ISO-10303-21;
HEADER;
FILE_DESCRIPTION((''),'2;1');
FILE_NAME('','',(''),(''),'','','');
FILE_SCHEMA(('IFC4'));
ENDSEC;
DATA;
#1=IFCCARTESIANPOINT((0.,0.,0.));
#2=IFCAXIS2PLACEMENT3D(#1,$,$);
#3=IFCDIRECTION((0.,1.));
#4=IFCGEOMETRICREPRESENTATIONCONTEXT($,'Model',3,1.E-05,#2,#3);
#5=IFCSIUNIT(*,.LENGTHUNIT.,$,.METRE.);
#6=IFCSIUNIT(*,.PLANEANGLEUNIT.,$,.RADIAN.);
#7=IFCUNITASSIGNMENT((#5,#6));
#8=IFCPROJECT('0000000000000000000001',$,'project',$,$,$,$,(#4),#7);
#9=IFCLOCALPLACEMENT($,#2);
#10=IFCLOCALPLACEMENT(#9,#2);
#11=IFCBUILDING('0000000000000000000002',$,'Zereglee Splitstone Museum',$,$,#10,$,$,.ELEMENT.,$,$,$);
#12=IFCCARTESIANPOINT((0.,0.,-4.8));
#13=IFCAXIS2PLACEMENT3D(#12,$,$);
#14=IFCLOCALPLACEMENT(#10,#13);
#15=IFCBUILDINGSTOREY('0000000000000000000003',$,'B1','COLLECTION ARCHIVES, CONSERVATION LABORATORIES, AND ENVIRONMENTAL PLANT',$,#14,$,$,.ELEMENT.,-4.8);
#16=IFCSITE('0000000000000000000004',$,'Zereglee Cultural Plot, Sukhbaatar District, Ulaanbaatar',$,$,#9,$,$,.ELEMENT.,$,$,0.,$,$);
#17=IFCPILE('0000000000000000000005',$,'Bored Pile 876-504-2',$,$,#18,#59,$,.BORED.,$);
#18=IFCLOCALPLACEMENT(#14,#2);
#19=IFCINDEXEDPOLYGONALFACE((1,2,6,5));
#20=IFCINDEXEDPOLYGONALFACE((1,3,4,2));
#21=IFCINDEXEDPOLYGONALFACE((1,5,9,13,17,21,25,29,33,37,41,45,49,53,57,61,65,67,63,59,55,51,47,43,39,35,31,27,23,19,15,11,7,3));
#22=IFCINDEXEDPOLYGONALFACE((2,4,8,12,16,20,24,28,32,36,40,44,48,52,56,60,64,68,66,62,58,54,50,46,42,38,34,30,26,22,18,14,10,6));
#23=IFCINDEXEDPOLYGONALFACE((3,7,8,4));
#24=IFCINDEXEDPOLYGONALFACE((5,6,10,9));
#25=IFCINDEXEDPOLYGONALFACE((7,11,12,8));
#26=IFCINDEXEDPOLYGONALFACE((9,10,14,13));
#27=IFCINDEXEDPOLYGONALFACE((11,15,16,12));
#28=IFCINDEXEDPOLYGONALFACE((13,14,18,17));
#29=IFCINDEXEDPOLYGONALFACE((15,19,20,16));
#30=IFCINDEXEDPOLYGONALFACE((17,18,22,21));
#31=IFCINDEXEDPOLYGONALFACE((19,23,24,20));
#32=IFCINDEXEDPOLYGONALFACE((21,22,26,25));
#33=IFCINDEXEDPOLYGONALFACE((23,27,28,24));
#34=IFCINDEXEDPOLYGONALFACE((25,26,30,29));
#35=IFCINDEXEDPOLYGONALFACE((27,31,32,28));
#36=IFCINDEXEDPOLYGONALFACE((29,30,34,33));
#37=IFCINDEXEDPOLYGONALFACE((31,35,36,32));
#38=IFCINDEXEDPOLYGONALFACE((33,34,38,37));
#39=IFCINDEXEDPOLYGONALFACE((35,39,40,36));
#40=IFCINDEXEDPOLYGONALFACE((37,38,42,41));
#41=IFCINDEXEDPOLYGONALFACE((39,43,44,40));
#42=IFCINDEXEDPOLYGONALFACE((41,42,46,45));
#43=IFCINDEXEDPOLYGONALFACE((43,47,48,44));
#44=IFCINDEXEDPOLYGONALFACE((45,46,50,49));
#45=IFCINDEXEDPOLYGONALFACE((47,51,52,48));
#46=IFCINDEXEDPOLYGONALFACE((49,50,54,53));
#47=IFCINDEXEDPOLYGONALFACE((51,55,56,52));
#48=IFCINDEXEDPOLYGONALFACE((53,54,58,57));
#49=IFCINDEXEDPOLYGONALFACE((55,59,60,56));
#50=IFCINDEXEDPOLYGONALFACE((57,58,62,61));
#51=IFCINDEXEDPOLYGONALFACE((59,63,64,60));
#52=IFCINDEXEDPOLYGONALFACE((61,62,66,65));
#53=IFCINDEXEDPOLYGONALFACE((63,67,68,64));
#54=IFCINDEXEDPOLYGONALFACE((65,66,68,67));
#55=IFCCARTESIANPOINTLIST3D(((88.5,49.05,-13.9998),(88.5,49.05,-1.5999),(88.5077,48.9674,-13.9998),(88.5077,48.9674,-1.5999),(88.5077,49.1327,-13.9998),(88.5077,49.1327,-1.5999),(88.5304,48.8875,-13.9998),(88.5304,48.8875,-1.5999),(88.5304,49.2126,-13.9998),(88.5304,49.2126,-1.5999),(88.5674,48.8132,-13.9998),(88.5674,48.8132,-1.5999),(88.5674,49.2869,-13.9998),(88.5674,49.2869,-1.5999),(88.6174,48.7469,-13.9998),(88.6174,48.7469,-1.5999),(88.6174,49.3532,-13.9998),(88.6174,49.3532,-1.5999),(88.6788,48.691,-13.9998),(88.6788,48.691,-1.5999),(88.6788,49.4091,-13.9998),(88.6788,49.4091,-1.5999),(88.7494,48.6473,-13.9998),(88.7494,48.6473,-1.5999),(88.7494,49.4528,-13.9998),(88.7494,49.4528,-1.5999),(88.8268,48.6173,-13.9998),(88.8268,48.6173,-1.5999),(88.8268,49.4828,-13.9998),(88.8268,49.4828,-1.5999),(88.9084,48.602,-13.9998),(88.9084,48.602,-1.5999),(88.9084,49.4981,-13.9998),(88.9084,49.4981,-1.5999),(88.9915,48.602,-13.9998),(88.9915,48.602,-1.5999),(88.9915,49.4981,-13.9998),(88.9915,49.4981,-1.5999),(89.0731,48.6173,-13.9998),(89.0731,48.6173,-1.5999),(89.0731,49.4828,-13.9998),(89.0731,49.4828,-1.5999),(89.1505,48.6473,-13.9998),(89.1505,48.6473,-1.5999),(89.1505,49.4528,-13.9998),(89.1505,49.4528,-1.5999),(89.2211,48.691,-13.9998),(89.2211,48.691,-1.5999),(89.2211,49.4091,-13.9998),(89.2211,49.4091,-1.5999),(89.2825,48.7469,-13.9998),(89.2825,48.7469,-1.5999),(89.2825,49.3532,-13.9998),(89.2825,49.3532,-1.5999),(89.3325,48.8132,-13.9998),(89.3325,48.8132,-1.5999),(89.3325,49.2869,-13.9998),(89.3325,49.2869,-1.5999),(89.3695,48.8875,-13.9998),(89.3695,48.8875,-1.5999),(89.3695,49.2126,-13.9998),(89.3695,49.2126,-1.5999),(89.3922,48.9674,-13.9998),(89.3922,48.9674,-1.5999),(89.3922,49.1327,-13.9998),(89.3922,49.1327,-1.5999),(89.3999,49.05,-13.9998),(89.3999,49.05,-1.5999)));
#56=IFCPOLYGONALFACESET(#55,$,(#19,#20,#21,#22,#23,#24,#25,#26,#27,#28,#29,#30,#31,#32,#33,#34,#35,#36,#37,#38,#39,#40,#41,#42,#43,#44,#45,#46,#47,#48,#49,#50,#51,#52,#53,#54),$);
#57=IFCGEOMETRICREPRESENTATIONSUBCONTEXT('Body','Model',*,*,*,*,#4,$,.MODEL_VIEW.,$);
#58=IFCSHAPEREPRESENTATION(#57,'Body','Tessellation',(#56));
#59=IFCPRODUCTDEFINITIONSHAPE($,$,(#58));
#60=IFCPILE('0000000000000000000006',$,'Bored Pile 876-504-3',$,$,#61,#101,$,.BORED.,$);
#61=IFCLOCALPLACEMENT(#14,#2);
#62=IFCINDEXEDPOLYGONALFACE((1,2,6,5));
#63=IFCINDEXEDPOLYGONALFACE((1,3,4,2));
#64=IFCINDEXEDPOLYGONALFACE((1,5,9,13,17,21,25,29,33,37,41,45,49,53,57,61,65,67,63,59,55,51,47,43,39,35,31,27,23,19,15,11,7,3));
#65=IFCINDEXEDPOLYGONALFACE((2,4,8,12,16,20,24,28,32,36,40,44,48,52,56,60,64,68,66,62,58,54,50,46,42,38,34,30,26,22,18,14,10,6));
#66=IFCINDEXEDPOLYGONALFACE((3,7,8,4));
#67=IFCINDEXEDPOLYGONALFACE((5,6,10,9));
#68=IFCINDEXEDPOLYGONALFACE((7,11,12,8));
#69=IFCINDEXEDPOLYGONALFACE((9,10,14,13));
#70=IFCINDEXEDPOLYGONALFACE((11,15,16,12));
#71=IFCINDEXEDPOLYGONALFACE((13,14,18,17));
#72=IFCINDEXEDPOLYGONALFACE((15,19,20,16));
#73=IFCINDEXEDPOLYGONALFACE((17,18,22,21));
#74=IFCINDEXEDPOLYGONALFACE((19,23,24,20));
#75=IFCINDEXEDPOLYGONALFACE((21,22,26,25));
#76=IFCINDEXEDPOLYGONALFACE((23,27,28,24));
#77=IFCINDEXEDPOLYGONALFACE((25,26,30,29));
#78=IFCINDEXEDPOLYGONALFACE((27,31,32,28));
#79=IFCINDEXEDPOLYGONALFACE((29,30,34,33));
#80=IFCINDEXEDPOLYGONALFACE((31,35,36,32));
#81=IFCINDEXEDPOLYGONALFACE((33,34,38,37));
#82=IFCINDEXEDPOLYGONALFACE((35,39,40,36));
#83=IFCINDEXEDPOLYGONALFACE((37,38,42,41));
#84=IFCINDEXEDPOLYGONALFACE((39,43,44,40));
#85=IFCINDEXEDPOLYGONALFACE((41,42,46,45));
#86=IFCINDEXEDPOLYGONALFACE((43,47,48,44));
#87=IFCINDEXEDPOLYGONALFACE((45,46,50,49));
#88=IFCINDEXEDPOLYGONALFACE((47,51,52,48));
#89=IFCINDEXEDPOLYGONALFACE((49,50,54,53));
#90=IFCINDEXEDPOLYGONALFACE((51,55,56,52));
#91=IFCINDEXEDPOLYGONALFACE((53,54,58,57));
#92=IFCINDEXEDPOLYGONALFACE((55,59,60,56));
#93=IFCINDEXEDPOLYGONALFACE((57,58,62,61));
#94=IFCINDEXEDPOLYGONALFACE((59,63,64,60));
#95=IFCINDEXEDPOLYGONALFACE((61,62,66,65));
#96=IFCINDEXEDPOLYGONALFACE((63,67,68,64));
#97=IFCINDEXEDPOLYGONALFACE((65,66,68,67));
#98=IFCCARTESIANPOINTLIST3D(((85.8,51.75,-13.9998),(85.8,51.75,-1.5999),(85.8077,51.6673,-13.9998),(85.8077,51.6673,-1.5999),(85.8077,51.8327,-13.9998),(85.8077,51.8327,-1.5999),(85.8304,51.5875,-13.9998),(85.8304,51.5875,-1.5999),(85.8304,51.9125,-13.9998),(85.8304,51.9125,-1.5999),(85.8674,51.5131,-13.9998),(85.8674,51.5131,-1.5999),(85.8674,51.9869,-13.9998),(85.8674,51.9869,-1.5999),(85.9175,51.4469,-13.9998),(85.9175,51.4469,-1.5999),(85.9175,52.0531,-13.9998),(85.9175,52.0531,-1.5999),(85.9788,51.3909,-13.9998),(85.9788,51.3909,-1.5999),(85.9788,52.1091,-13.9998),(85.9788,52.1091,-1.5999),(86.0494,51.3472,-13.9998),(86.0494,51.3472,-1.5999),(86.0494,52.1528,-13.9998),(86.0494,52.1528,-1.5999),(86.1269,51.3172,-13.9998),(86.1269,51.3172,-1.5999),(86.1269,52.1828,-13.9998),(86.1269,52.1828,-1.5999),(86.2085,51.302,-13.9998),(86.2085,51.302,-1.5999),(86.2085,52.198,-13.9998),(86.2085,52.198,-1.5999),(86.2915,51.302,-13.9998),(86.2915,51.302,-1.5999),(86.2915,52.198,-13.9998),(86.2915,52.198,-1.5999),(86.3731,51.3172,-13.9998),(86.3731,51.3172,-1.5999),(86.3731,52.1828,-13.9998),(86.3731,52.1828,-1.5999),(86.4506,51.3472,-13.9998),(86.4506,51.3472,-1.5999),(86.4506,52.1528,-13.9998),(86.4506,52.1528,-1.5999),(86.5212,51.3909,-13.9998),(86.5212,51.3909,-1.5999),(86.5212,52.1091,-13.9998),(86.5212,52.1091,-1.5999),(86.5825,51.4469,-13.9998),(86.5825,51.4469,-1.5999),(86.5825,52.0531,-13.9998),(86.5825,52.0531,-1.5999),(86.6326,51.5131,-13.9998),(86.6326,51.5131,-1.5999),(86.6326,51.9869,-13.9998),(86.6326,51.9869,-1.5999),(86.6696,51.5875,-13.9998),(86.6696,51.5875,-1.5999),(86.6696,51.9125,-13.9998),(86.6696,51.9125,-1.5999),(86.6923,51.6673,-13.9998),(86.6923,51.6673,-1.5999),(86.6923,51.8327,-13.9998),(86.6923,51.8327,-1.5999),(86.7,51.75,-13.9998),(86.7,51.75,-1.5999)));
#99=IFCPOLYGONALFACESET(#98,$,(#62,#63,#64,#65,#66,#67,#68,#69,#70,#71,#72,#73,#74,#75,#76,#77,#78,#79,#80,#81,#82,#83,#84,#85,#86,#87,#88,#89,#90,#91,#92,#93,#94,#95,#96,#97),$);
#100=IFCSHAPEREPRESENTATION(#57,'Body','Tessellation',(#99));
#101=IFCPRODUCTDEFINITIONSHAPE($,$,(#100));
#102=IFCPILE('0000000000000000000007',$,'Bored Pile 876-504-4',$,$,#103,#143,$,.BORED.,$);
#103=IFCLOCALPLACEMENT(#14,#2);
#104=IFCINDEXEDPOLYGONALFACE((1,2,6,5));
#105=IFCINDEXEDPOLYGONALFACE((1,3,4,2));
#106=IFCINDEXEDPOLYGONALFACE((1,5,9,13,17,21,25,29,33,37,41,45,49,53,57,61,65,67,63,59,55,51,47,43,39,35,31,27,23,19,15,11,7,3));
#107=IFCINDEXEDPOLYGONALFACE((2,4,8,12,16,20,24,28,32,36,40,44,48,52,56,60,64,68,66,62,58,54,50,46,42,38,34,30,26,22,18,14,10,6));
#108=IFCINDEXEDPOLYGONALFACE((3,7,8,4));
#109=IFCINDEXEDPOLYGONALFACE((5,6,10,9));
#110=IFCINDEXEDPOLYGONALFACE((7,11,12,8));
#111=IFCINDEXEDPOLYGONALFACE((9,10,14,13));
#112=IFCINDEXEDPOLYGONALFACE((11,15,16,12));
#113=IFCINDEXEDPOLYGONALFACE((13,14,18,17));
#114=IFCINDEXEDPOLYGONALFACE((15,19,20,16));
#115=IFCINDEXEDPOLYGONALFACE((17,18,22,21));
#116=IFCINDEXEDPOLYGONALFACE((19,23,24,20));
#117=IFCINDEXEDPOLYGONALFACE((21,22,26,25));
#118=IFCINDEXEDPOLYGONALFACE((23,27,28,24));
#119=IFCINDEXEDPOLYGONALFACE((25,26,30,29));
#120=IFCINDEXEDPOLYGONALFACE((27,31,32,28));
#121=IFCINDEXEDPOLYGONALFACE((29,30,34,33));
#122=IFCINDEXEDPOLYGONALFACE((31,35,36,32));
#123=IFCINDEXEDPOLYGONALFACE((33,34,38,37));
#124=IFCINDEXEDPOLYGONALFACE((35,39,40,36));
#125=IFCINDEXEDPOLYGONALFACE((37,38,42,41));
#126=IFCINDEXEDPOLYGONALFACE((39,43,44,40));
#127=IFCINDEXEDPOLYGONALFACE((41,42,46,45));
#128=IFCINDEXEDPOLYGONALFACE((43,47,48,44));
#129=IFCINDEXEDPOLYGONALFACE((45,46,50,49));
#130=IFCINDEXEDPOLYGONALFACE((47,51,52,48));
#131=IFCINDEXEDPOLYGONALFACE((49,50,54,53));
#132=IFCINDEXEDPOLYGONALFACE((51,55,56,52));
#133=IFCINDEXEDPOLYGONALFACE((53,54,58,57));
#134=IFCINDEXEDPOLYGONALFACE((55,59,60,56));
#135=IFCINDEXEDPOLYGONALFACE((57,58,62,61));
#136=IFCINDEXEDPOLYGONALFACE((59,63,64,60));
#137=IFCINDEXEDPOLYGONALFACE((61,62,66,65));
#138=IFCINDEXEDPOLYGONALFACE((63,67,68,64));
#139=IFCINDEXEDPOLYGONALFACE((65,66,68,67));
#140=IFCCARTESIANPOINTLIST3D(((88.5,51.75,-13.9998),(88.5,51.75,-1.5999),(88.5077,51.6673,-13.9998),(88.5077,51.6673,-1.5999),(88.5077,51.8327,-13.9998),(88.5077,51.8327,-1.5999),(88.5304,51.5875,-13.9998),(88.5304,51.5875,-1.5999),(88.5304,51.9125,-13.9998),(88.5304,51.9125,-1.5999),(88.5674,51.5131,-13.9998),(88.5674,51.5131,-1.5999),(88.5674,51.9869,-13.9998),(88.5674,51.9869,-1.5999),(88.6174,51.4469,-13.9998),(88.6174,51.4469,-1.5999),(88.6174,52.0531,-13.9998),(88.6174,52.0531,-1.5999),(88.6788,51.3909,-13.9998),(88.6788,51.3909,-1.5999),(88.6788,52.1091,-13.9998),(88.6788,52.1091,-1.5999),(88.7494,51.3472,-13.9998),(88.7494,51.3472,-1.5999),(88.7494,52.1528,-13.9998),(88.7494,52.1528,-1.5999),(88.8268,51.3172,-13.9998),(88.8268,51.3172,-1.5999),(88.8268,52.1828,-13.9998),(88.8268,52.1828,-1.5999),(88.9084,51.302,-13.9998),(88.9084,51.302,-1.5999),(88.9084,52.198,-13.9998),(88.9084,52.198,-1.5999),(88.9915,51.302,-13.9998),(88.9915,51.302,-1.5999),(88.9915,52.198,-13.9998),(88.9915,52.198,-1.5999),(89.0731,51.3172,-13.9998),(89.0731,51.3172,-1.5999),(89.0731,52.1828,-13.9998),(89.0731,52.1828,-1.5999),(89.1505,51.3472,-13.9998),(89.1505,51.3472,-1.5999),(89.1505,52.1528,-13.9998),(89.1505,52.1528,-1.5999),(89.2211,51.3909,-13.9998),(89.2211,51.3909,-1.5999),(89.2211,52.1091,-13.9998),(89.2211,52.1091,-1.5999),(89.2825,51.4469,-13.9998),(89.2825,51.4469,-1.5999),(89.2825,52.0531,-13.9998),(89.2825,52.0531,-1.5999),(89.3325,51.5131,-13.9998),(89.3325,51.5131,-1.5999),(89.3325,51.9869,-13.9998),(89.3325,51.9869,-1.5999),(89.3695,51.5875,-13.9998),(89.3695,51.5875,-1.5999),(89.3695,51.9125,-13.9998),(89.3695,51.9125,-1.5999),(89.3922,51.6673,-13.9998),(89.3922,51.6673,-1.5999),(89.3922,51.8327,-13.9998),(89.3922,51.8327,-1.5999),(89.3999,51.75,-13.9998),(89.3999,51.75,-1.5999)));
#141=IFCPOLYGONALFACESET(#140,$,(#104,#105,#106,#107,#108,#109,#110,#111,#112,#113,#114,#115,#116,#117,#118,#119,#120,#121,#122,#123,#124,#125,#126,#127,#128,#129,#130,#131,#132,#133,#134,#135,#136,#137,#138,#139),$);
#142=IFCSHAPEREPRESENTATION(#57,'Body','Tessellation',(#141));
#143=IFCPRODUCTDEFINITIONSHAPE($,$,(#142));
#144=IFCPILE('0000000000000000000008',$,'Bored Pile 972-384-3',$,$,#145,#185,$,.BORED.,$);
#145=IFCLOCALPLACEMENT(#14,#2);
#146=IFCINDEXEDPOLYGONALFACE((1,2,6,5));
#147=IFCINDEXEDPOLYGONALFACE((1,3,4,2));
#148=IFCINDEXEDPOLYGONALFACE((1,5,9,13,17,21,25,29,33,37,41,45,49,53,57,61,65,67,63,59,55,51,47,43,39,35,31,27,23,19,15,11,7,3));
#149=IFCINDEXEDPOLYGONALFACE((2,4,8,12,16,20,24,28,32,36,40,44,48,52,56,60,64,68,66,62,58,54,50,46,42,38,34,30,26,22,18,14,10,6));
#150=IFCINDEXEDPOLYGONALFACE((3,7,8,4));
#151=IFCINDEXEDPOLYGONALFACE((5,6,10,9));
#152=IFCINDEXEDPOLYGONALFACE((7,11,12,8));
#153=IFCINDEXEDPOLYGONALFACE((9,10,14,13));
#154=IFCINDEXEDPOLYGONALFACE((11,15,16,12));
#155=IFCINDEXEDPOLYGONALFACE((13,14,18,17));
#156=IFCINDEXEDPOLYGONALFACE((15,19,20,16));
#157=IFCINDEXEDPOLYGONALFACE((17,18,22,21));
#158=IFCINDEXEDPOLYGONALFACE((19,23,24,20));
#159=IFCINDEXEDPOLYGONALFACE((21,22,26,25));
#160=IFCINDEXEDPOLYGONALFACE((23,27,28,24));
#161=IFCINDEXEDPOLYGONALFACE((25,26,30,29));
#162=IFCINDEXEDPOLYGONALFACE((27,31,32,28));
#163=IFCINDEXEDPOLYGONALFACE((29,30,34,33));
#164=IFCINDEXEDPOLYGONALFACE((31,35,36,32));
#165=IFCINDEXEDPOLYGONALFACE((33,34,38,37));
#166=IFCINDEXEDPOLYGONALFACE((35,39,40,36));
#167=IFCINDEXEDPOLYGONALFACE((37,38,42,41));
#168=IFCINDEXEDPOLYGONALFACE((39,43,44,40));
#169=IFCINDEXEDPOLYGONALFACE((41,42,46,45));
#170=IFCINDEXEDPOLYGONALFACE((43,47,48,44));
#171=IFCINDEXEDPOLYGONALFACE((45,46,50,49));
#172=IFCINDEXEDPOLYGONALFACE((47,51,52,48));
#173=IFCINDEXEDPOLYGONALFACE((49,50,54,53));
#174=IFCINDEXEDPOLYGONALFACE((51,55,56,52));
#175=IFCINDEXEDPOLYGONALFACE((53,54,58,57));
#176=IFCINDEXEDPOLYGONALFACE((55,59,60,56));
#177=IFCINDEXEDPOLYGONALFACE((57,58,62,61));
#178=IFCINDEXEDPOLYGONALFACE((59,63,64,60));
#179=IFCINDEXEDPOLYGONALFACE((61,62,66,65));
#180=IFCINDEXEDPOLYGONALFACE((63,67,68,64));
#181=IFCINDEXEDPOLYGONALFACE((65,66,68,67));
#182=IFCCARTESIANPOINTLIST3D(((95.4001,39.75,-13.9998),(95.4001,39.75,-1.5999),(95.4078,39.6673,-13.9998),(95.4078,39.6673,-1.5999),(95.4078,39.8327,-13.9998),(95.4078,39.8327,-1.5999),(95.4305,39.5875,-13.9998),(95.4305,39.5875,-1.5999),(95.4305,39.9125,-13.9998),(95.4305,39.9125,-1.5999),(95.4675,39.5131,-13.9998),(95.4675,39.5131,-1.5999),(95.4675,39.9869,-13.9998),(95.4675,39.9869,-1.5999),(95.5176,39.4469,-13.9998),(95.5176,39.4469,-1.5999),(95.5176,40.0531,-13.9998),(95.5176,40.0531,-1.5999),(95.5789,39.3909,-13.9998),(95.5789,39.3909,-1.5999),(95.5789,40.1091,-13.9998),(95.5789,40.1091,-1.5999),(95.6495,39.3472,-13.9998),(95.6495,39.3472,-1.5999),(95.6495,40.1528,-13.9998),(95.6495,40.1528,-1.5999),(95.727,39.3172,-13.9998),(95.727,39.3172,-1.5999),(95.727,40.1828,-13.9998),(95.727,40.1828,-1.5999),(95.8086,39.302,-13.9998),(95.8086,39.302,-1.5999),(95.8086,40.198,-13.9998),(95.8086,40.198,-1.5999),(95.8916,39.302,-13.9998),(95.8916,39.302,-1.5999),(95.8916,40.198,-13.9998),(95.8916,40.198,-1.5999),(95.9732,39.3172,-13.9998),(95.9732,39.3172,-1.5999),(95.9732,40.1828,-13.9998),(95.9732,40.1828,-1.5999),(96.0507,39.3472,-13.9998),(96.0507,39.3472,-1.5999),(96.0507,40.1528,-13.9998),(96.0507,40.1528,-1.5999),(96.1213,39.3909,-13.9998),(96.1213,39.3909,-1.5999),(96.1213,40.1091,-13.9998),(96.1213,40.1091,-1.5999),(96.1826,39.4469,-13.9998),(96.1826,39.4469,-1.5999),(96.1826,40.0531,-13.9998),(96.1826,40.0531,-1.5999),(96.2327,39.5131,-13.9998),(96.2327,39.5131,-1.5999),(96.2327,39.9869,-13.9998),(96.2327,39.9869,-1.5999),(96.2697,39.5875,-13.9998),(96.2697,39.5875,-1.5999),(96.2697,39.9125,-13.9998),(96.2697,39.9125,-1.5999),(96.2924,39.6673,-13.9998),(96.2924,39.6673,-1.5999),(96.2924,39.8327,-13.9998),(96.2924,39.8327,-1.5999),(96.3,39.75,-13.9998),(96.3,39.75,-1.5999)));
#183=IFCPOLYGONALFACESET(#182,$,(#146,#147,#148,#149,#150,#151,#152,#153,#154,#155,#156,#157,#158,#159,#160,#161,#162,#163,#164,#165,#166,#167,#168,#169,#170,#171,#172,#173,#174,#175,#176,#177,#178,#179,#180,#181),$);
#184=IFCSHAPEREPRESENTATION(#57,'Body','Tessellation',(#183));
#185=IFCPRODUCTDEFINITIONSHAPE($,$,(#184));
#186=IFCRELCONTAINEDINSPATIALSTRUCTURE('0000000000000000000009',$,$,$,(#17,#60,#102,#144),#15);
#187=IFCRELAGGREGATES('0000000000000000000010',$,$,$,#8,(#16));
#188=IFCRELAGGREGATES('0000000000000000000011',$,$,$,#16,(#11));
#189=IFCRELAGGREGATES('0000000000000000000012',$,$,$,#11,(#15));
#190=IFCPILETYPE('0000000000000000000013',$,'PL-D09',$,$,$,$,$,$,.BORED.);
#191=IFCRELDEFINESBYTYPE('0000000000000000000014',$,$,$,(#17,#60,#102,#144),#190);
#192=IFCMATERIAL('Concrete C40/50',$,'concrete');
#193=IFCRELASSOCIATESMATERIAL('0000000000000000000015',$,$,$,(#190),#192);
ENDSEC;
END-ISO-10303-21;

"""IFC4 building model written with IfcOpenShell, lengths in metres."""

from ifc_helpers import new_model, si_unit, direction, frame, origin, origin_2d, place, context, subcontext, project, spatial, circle, extrude, material, material_profile, profile_set, type_object, element, save


model = new_model("IFC4")

# Units and contexts
model_context = context("Model", 3, precision=1e-05, world=origin(), true_north=direction((0.0, 1.0)))
body_context = subcontext(model_context, "Body", "Model", "MODEL_VIEW")
ifc_project = project(units=[si_unit("LENGTHUNIT", "METRE"), si_unit("PLANEANGLEUNIT", "RADIAN")], contexts=[model_context])

# Site, building, storey
site_placement = place(None, origin())
site = spatial("IfcSite", under=ifc_project, at=site_placement, Name="Zereglee Cultural Plot, Sukhbaatar District, Ulaanbaatar", CompositionType="ELEMENT", RefElevation=0.0)
building_placement = place(site_placement, origin())
building = spatial("IfcBuilding", under=site, at=building_placement, Name="Zereglee Splitstone Museum", CompositionType="ELEMENT")
storey_placement = place(building_placement, frame((0.0, 0.0, -4.8)))
storey = spatial("IfcBuildingStorey", under=building, at=storey_placement, Name="B1", Description="COLLECTION ARCHIVES, CONSERVATION LABORATORIES, AND ENVIRONMENTAL PLANT", CompositionType="ELEMENT", Elevation=-4.8)

# Shared definitions
ifc_material_1 = material(Name="Concrete C40/50", Category="concrete")

# Piles
ifc_material_profile_1 = material_profile(ifc_material_1, circle(Radius=0.45, at=origin_2d()), Name="PILE D900")
ifc_profile_set_1 = profile_set([ifc_material_profile_1], Name="Concrete C40/50")
pile_type = type_object("IfcPileType", Name="PL-D09", PredefinedType="BORED", material=ifc_profile_set_1)
for number, where, z_axis, x_axis, name in (
    (1, (88.95, 49.05, -1.5999), (0.0, 0.0, -1.0), (1.0, 0.0, 0.0), "Bored Pile 876-504-2"),
    (2, (86.25, 51.75, -1.5999), (0.0, 0.0, -1.0), (1.0, 0.0, 0.0), "Bored Pile 876-504-3"),
    (3, (88.95, 51.75, -1.5999), (0.0, 0.0, -1.0), (1.0, 0.0, 0.0), "Bored Pile 876-504-4"),
    (4, (95.8501, 39.75, -1.5999), (0.0, 0.0, -1.0), (1.0, 0.0, 0.0), "Bored Pile 972-384-3"),
):
    element("IfcPile", number, at=place(storey_placement, frame(where, z_axis=z_axis, x_axis=x_axis)), inside=storey, type_object=pile_type, Name=name, PredefinedType="BORED", context=body_context, shape_type="SweptSolid", body=[
        extrude(circle(Radius=0.45, at=origin_2d()), origin(), (0.0, 0.0, 1.0), 12.3999),
    ])

save(model, "model.ifc")
